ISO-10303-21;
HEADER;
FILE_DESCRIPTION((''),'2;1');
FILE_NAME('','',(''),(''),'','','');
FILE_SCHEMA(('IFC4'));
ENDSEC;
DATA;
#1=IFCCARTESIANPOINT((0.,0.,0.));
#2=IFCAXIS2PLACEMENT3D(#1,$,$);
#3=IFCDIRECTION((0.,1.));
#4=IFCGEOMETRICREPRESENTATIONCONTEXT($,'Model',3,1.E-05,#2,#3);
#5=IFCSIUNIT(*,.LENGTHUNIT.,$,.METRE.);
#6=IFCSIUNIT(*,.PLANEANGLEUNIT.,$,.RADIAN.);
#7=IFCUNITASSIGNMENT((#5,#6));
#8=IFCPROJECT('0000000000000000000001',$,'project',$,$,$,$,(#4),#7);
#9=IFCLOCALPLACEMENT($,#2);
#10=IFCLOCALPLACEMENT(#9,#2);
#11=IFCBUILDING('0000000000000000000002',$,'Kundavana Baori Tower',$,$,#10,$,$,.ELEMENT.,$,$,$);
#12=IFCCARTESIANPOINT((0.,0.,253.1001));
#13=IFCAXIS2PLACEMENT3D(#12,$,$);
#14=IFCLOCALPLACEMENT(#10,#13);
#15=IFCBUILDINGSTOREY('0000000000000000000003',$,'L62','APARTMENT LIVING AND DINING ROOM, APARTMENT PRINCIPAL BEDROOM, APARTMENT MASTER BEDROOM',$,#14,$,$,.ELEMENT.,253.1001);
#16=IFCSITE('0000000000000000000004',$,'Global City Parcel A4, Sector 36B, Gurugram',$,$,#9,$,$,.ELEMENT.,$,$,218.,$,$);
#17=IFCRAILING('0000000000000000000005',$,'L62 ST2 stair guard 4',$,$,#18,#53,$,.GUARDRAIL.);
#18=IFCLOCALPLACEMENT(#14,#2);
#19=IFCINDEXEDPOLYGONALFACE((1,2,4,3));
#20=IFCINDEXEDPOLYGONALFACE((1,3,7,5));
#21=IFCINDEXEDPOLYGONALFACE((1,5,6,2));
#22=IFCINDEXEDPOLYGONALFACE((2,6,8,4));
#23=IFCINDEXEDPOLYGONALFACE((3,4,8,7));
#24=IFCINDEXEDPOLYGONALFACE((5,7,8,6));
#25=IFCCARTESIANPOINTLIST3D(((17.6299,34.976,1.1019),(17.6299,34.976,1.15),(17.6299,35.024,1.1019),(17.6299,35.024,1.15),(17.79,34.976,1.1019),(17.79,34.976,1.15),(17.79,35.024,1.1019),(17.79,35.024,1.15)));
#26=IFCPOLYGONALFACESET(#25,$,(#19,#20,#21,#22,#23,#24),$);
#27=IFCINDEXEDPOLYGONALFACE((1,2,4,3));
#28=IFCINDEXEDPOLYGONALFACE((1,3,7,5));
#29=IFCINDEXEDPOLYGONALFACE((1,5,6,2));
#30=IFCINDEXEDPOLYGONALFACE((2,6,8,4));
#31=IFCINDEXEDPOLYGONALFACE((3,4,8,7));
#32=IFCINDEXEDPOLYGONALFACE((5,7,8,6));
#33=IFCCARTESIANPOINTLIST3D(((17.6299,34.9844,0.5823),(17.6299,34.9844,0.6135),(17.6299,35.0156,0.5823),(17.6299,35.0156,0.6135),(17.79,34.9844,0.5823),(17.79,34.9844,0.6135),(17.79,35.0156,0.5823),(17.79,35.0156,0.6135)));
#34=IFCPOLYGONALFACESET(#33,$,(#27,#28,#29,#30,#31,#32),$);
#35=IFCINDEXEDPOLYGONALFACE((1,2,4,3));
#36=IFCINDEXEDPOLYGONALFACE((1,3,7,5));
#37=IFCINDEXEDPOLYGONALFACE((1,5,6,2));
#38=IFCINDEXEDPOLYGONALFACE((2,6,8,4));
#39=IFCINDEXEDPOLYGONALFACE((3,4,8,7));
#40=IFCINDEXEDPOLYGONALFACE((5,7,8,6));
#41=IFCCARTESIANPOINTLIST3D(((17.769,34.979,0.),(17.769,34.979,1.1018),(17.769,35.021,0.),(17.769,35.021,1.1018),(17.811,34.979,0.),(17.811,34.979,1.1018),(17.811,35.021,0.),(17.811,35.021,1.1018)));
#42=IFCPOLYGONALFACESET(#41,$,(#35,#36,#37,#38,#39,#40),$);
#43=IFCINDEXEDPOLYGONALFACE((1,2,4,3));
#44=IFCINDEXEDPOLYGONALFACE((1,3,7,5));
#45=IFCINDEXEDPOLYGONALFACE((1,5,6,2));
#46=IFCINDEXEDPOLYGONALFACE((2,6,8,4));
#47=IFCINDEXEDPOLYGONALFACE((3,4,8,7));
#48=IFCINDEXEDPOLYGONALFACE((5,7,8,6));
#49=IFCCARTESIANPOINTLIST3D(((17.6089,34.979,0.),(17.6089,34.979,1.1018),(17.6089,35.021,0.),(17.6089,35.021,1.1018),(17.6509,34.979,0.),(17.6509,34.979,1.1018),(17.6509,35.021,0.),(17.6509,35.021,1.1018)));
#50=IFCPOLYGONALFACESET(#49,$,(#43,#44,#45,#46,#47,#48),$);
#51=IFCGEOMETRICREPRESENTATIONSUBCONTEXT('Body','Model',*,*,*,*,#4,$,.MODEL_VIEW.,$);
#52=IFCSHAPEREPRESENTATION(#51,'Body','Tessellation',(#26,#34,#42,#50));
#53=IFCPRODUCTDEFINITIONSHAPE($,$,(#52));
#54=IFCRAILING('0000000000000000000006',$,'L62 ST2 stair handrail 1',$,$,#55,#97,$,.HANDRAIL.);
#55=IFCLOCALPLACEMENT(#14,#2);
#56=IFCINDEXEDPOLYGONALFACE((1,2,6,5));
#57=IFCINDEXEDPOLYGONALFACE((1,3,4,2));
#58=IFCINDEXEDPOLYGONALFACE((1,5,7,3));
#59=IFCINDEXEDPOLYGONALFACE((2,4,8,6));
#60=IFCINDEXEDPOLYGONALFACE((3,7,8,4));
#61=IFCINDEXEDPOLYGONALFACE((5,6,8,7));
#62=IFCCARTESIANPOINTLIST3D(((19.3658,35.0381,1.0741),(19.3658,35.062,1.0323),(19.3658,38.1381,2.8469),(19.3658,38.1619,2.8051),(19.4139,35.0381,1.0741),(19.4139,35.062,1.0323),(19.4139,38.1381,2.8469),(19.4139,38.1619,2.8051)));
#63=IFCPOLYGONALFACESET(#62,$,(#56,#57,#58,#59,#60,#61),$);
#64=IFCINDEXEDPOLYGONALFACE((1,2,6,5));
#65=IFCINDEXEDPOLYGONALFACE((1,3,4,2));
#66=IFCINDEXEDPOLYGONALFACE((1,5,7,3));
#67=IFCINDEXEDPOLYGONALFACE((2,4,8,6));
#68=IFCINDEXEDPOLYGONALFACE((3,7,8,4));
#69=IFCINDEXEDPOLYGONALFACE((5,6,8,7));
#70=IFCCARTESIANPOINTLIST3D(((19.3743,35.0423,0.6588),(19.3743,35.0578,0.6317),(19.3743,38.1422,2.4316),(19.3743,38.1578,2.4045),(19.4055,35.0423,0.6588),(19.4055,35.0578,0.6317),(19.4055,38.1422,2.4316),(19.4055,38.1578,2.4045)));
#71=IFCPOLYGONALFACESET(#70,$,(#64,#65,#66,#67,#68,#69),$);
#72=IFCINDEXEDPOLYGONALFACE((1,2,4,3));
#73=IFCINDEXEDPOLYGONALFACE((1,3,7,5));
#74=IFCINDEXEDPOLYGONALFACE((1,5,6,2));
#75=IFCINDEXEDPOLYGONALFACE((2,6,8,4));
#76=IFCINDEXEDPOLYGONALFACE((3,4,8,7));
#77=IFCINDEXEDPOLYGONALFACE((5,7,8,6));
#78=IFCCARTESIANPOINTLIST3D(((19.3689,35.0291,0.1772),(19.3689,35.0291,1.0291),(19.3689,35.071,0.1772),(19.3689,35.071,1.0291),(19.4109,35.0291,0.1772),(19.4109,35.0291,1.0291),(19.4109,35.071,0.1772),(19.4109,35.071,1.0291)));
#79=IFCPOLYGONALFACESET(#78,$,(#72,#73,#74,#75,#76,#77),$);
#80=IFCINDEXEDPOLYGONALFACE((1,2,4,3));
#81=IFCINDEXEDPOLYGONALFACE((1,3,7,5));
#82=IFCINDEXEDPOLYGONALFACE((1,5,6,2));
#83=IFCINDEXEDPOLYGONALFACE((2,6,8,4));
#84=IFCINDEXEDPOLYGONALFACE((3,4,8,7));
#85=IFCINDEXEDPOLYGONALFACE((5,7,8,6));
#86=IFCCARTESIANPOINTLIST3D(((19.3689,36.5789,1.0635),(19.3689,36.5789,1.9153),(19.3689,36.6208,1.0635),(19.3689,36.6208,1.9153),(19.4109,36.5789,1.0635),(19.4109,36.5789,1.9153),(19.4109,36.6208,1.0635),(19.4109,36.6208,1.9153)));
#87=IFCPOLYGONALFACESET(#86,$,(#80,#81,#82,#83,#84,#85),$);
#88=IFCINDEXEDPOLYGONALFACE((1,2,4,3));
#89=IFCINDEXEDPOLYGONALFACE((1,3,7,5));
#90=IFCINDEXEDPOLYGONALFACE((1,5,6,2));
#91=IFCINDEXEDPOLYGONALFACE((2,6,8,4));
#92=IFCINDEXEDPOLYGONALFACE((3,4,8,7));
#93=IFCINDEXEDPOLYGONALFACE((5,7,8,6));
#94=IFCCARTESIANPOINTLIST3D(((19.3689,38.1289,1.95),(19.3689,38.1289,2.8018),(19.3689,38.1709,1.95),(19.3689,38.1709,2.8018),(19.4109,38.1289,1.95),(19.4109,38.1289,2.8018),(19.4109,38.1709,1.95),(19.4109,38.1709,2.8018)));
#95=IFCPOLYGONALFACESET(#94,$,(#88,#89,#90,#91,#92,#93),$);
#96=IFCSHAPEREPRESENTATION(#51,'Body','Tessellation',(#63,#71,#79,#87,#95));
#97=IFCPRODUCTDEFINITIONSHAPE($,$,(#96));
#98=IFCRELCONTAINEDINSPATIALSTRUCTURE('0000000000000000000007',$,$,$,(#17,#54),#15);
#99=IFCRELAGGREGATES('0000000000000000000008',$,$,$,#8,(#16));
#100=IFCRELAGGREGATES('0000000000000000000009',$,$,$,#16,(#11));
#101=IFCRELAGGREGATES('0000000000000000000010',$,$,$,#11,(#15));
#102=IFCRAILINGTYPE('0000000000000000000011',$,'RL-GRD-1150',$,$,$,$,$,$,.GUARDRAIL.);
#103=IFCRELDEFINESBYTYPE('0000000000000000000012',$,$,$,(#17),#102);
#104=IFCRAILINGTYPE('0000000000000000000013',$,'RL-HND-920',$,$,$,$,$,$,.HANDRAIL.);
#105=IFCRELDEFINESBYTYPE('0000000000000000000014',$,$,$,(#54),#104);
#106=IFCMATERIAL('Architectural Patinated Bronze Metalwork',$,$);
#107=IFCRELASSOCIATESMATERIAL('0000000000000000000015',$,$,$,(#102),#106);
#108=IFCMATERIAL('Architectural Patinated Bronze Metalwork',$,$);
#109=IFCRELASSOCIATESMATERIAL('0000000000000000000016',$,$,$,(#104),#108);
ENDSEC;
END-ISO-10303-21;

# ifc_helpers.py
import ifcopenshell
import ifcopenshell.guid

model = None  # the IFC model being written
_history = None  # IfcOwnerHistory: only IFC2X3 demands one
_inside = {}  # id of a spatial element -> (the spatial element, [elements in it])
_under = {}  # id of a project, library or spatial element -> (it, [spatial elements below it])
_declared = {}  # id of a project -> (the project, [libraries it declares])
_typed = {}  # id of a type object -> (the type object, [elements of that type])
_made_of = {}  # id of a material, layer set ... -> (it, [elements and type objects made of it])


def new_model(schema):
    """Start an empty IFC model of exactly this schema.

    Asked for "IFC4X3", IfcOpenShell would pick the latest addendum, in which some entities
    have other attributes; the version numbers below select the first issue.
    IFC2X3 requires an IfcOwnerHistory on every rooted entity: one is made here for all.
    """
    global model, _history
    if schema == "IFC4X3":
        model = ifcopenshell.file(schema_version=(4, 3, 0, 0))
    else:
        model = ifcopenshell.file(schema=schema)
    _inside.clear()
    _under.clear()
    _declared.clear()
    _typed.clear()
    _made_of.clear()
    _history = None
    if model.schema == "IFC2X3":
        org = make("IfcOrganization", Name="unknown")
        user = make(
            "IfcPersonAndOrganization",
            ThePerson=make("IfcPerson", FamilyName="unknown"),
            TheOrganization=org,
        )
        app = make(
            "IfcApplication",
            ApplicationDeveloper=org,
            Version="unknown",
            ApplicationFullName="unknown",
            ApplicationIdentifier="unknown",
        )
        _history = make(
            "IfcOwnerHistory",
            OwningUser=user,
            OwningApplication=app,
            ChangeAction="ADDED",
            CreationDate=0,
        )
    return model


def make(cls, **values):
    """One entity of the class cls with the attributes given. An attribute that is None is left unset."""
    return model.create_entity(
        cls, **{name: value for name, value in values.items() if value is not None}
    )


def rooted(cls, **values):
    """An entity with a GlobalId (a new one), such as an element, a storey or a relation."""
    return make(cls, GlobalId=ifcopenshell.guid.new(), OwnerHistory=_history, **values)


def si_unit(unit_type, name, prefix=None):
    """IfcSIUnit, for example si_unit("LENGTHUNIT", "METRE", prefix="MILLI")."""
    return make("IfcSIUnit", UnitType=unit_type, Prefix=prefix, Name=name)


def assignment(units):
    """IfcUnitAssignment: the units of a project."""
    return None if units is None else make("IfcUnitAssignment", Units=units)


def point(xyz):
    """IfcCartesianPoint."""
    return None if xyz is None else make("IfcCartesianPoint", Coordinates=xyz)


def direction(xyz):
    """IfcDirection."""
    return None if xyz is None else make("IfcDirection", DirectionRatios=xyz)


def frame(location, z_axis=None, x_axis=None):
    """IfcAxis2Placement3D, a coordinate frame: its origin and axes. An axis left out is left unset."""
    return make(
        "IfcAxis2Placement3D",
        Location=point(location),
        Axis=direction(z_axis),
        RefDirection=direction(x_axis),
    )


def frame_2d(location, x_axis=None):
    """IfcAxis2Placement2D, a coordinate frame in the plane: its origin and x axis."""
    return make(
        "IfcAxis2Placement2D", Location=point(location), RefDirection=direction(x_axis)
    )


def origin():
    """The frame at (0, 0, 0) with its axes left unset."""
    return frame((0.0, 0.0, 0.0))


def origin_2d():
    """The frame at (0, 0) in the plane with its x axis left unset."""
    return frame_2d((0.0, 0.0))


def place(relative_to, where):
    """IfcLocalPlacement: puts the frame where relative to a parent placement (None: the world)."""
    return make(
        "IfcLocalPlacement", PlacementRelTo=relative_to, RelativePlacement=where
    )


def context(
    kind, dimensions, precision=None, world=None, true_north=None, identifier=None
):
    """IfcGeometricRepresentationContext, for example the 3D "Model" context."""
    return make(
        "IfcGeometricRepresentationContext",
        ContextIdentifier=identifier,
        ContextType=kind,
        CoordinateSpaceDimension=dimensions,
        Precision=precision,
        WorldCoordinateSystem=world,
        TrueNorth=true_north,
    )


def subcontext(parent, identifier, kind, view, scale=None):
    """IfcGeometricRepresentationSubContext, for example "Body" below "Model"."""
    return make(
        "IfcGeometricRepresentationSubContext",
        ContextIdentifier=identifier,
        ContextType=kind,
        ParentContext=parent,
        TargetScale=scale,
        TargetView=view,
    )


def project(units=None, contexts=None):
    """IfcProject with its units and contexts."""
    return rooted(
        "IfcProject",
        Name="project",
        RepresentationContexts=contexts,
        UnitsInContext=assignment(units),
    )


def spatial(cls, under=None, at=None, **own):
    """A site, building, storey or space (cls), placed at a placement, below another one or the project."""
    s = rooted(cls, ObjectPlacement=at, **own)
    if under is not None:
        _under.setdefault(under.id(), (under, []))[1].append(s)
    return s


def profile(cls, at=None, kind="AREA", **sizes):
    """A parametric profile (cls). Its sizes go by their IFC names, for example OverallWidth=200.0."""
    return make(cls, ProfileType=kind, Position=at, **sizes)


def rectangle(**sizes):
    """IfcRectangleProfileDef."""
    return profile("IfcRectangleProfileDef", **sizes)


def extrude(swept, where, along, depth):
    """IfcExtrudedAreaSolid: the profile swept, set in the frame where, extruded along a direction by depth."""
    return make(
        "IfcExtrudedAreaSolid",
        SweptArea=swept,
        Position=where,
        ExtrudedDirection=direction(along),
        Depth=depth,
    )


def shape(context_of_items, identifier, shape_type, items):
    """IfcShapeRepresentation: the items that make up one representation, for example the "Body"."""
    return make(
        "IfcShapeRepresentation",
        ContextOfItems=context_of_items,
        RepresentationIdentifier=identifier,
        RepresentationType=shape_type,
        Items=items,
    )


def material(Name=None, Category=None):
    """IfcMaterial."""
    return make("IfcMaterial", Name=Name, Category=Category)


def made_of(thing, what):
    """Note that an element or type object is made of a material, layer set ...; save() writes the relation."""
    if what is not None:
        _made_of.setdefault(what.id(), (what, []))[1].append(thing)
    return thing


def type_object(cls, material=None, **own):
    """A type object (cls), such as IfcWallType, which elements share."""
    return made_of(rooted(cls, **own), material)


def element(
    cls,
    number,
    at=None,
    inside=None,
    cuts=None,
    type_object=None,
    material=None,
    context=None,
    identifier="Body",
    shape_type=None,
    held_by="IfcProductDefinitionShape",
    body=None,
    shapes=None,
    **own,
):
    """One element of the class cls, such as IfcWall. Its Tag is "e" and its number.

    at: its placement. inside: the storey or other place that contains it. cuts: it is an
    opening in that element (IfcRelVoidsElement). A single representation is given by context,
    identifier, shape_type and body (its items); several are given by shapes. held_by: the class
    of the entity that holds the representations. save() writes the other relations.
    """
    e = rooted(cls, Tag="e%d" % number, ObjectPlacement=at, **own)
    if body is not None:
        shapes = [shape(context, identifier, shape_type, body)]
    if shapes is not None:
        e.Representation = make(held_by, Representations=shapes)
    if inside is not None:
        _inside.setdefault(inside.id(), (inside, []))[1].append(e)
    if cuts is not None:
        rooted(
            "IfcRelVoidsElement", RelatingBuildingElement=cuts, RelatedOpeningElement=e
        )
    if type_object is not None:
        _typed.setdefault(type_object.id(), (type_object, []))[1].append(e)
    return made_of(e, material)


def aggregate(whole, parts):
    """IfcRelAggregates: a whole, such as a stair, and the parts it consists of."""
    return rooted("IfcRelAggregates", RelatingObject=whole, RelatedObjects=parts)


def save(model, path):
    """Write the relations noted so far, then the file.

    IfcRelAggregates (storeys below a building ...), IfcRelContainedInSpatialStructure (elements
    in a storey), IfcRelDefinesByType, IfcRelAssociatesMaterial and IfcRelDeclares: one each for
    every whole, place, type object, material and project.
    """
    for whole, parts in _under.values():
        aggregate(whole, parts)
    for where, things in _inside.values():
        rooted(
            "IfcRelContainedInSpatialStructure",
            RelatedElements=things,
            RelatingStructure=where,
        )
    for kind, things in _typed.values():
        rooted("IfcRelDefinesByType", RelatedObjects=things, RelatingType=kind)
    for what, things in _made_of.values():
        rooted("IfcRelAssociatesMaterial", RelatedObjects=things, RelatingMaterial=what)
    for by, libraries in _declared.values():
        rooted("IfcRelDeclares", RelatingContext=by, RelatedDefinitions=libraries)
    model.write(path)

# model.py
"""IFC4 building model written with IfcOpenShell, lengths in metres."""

from ifc_helpers import new_model, si_unit, direction, frame, origin, origin_2d, place, context, subcontext, project, spatial, rectangle, extrude, material, type_object, element, save


model = new_model("IFC4")

# Units and contexts
model_context = context("Model", 3, precision=1e-05, world=origin(), true_north=direction((0.0, 1.0)))
body_context = subcontext(model_context, "Body", "Model", "MODEL_VIEW")
ifc_project = project(units=[si_unit("LENGTHUNIT", "METRE"), si_unit("PLANEANGLEUNIT", "RADIAN")], contexts=[model_context])

# Site, building, storey
site_placement = place(None, origin())
site = spatial("IfcSite", under=ifc_project, at=site_placement, Name="Global City Parcel A4, Sector 36B, Gurugram", CompositionType="ELEMENT", RefElevation=218.0)
building_placement = place(site_placement, origin())
building = spatial("IfcBuilding", under=site, at=building_placement, Name="Kundavana Baori Tower", CompositionType="ELEMENT")
storey_placement = place(building_placement, frame((0.0, 0.0, 253.1001)))
storey = spatial("IfcBuildingStorey", under=building, at=storey_placement, Name="L62", Description="APARTMENT LIVING AND DINING ROOM, APARTMENT PRINCIPAL BEDROOM, APARTMENT MASTER BEDROOM", CompositionType="ELEMENT", Elevation=253.1001)

# Railings
ifc_material_1 = material(Name="Architectural Patinated Bronze Metalwork")
railing_type_1 = type_object("IfcRailingType", Name="RL-GRD-1150", PredefinedType="GUARDRAIL", material=ifc_material_1)
railing_1_placement = place(storey_placement, frame((17.79, 35.0, 0.0)))
element("IfcRailing", 1, at=railing_1_placement, inside=storey, type_object=railing_type_1, Name="L62 ST2 stair guard 4", PredefinedType="GUARDRAIL", context=body_context, shape_type="SweptSolid", body=[
    extrude(rectangle(XDim=0.0481, YDim=0.0481, at=origin_2d()), frame((0.0, 0.0, 1.126), z_axis=(-1.0, 0.0, 0.0), x_axis=(0.0, -1.0, 0.0)), (0.0, 0.0, 1.0), 0.1602),
    extrude(rectangle(XDim=0.0312, YDim=0.0312, at=origin_2d()), frame((0.0, 0.0, 0.5979), z_axis=(-1.0, 0.0, 0.0), x_axis=(0.0, -1.0, 0.0)), (0.0, 0.0, 1.0), 0.1602),
    extrude(rectangle(XDim=0.042, YDim=0.042, at=origin_2d()), origin(), (0.0, 0.0, 1.0), 1.1018),
    extrude(rectangle(XDim=0.042, YDim=0.042, at=origin_2d()), frame((-0.1602, 0.0, 0.0)), (0.0, 0.0, 1.0), 1.1018),
])
ifc_material_2 = material(Name="Architectural Patinated Bronze Metalwork")
railing_type_2 = type_object("IfcRailingType", Name="RL-HND-920", PredefinedType="HANDRAIL", material=ifc_material_2)
railing_2_placement = place(storey_placement, frame((19.3899, 35.05, 0.1772)))
element("IfcRailing", 2, at=railing_2_placement, inside=storey, type_object=railing_type_2, Name="L62 ST2 stair handrail 1", PredefinedType="HANDRAIL", context=body_context, shape_type="SweptSolid", body=[
    extrude(rectangle(XDim=0.0481, YDim=0.0481, at=origin_2d()), frame((0.0, 0.0, 0.876), z_axis=(0.0, 0.868079, 0.496426), x_axis=(-1.0, 0.0, 0.0)), (0.0, 0.0, 1.0), 3.571),
    extrude(rectangle(XDim=0.0312, YDim=0.0312, at=origin_2d()), frame((0.0, 0.0, 0.468), z_axis=(0.0, 0.868079, 0.496426), x_axis=(-1.0, 0.0, 0.0)), (0.0, 0.0, 1.0), 3.571),
    extrude(rectangle(XDim=0.042, YDim=0.042, at=origin_2d()), origin(), (0.0, 0.0, 1.0), 0.8518),
    extrude(rectangle(XDim=0.042, YDim=0.042, at=origin_2d()), frame((0.0, 1.5498, 0.8862)), (0.0, 0.0, 1.0), 0.8518),
    extrude(rectangle(XDim=0.042, YDim=0.042, at=origin_2d()), frame((0.0, 3.0999, 1.7727)), (0.0, 0.0, 1.0), 0.8518),
])

save(model, "model.ifc")
